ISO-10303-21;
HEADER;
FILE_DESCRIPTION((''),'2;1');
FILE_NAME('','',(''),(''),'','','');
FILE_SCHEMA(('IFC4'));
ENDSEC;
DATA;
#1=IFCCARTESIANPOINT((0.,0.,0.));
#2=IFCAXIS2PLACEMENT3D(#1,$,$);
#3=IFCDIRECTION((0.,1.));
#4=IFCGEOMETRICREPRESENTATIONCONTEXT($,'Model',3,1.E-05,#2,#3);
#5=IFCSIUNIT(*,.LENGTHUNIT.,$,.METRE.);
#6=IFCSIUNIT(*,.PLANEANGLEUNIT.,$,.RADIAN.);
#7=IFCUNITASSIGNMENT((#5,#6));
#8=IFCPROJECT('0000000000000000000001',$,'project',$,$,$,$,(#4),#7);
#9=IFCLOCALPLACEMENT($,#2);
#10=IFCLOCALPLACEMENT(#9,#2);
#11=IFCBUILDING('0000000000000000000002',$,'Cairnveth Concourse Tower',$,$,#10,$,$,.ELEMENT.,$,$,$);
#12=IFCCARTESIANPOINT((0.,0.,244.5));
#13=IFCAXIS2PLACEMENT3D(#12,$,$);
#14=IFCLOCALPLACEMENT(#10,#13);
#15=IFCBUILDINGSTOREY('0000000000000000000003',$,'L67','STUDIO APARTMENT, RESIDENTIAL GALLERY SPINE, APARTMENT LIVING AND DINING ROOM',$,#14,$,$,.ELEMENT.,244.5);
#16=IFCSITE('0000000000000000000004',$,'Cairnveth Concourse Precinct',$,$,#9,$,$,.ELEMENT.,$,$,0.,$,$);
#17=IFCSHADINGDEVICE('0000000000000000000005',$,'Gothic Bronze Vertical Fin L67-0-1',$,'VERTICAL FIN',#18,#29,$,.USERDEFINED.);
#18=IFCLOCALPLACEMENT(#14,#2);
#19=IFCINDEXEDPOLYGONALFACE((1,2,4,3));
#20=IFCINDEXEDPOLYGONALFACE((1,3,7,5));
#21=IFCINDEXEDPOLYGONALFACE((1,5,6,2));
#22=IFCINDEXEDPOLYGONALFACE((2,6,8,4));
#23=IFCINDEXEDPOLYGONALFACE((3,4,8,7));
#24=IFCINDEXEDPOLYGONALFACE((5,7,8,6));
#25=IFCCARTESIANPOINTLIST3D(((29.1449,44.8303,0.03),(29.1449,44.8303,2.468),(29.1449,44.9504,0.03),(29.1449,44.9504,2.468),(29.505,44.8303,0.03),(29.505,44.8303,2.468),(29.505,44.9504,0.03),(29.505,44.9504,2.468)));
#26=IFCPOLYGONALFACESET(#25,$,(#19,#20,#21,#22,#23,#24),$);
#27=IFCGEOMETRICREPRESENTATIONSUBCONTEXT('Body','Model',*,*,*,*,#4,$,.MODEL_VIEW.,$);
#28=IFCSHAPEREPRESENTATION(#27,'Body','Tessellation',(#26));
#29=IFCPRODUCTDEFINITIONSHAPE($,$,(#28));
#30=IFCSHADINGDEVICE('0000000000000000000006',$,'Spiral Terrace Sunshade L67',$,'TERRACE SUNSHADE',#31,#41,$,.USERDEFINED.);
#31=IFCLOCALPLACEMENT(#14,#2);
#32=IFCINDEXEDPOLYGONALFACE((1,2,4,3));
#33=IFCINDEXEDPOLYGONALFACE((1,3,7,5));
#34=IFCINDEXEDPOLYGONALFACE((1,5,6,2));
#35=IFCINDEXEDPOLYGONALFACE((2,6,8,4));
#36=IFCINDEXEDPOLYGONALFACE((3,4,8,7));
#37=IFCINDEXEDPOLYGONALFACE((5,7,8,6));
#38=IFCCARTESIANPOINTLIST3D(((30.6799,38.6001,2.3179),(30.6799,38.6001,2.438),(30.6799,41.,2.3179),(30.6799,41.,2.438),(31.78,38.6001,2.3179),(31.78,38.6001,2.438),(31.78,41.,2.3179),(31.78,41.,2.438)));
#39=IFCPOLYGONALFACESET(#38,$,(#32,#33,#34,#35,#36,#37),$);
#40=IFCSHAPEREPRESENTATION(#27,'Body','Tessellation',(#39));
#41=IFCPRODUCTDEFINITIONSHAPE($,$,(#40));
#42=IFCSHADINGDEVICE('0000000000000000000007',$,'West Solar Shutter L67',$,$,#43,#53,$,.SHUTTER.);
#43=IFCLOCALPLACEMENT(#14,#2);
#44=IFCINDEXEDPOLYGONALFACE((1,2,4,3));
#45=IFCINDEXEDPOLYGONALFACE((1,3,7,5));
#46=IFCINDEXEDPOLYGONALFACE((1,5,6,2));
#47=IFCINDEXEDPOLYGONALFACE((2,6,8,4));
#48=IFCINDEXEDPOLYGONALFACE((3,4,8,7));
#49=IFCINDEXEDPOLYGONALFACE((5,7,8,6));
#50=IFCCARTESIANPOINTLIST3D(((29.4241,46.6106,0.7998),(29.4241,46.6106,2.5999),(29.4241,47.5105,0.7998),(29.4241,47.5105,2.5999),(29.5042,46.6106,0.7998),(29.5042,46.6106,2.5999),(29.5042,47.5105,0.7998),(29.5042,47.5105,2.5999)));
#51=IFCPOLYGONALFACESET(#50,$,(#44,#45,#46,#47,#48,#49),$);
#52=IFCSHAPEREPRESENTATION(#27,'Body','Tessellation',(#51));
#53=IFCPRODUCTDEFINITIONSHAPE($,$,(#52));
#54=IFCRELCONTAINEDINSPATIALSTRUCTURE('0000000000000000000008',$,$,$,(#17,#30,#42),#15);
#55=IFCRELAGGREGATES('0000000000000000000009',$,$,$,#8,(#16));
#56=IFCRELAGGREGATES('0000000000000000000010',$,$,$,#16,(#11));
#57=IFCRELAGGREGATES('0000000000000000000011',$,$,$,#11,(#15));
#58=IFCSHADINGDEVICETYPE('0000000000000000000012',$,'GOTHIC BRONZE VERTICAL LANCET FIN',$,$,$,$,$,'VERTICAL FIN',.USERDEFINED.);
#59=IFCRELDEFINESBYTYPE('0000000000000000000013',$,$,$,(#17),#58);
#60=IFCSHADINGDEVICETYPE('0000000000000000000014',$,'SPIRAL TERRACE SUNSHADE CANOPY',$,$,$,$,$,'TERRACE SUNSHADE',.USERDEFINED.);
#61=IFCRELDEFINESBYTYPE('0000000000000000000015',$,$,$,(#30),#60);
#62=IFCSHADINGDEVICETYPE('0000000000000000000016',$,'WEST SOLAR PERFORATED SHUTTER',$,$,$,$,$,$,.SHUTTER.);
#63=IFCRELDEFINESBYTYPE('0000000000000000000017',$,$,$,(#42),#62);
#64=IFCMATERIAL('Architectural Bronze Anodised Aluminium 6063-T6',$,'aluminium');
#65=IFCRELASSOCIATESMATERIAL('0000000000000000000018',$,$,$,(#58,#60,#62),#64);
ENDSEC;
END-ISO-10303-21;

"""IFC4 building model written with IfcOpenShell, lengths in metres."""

from ifc_helpers import new_model, si_unit, direction, frame, origin, origin_2d, place, context, subcontext, project, spatial, rectangle, extrude, material, type_object, element, save


model = new_model("IFC4")

# Units and contexts
model_context = context("Model", 3, precision=1e-05, world=origin(), true_north=direction((0.0, 1.0)))
body_context = subcontext(model_context, "Body", "Model", "MODEL_VIEW")
ifc_project = project(units=[si_unit("LENGTHUNIT", "METRE"), si_unit("PLANEANGLEUNIT", "RADIAN")], contexts=[model_context])

# Site, building, storey
site_placement = place(None, origin())
site = spatial("IfcSite", under=ifc_project, at=site_placement, Name="Cairnveth Concourse Precinct", CompositionType="ELEMENT", RefElevation=0.0)
building_placement = place(site_placement, origin())
building = spatial("IfcBuilding", under=site, at=building_placement, Name="Cairnveth Concourse Tower", CompositionType="ELEMENT")
storey_placement = place(building_placement, frame((0.0, 0.0, 244.5)))
storey = spatial("IfcBuildingStorey", under=building, at=storey_placement, Name="L67", Description="STUDIO APARTMENT, RESIDENTIAL GALLERY SPINE, APARTMENT LIVING AND DINING ROOM", CompositionType="ELEMENT", Elevation=244.5)

# Shading devices
ifc_material_1 = material(Name="Architectural Bronze Anodised Aluminium 6063-T6", Category="aluminium")
shading_device_type_1 = type_object("IfcShadingDeviceType", Name="GOTHIC BRONZE VERTICAL LANCET FIN", ElementType="VERTICAL FIN", PredefinedType="USERDEFINED", material=ifc_material_1)
shading_device_1_placement = place(storey_placement, frame((29.325, 44.8904, 0.03), z_axis=(0.0, 0.0, 1.0), x_axis=(0.0, 1.0, 0.0)))
element("IfcShadingDevice", 1, at=shading_device_1_placement, inside=storey, type_object=shading_device_type_1, Name="Gothic Bronze Vertical Fin L67-0-1", ObjectType="VERTICAL FIN", PredefinedType="USERDEFINED", context=body_context, shape_type="SweptSolid", body=[
    extrude(rectangle(XDim=0.1201, YDim=0.3601, at=origin_2d()), origin(), (0.0, 0.0, 1.0), 2.438),
])
shading_device_type_2 = type_object("IfcShadingDeviceType", Name="SPIRAL TERRACE SUNSHADE CANOPY", ElementType="TERRACE SUNSHADE", PredefinedType="USERDEFINED", material=ifc_material_1)
shading_device_2_placement = place(storey_placement, frame((31.23, 39.8, 2.3179), z_axis=(0.0, 0.0, 1.0), x_axis=(1.0, 0.0, 0.0)))
element("IfcShadingDevice", 2, at=shading_device_2_placement, inside=storey, type_object=shading_device_type_2, Name="Spiral Terrace Sunshade L67", ObjectType="TERRACE SUNSHADE", PredefinedType="USERDEFINED", context=body_context, shape_type="SweptSolid", body=[
    extrude(rectangle(XDim=1.1001, YDim=2.3999, at=origin_2d()), origin(), (0.0, 0.0, 1.0), 0.1201),
])
shading_device_type_3 = type_object("IfcShadingDeviceType", Name="WEST SOLAR PERFORATED SHUTTER", PredefinedType="SHUTTER", material=ifc_material_1)
shading_device_3_placement = place(storey_placement, frame((29.4641, 47.0605, 0.7998), z_axis=(0.0, 0.0, 1.0), x_axis=(1.0, 0.0, 0.0)))
element("IfcShadingDevice", 3, at=shading_device_3_placement, inside=storey, type_object=shading_device_type_3, Name="West Solar Shutter L67", PredefinedType="SHUTTER", context=body_context, shape_type="SweptSolid", body=[
    extrude(rectangle(XDim=0.0801, YDim=0.8999, at=origin_2d()), origin(), (0.0, 0.0, 1.0), 1.8),
])

save(model, "model.ifc")
